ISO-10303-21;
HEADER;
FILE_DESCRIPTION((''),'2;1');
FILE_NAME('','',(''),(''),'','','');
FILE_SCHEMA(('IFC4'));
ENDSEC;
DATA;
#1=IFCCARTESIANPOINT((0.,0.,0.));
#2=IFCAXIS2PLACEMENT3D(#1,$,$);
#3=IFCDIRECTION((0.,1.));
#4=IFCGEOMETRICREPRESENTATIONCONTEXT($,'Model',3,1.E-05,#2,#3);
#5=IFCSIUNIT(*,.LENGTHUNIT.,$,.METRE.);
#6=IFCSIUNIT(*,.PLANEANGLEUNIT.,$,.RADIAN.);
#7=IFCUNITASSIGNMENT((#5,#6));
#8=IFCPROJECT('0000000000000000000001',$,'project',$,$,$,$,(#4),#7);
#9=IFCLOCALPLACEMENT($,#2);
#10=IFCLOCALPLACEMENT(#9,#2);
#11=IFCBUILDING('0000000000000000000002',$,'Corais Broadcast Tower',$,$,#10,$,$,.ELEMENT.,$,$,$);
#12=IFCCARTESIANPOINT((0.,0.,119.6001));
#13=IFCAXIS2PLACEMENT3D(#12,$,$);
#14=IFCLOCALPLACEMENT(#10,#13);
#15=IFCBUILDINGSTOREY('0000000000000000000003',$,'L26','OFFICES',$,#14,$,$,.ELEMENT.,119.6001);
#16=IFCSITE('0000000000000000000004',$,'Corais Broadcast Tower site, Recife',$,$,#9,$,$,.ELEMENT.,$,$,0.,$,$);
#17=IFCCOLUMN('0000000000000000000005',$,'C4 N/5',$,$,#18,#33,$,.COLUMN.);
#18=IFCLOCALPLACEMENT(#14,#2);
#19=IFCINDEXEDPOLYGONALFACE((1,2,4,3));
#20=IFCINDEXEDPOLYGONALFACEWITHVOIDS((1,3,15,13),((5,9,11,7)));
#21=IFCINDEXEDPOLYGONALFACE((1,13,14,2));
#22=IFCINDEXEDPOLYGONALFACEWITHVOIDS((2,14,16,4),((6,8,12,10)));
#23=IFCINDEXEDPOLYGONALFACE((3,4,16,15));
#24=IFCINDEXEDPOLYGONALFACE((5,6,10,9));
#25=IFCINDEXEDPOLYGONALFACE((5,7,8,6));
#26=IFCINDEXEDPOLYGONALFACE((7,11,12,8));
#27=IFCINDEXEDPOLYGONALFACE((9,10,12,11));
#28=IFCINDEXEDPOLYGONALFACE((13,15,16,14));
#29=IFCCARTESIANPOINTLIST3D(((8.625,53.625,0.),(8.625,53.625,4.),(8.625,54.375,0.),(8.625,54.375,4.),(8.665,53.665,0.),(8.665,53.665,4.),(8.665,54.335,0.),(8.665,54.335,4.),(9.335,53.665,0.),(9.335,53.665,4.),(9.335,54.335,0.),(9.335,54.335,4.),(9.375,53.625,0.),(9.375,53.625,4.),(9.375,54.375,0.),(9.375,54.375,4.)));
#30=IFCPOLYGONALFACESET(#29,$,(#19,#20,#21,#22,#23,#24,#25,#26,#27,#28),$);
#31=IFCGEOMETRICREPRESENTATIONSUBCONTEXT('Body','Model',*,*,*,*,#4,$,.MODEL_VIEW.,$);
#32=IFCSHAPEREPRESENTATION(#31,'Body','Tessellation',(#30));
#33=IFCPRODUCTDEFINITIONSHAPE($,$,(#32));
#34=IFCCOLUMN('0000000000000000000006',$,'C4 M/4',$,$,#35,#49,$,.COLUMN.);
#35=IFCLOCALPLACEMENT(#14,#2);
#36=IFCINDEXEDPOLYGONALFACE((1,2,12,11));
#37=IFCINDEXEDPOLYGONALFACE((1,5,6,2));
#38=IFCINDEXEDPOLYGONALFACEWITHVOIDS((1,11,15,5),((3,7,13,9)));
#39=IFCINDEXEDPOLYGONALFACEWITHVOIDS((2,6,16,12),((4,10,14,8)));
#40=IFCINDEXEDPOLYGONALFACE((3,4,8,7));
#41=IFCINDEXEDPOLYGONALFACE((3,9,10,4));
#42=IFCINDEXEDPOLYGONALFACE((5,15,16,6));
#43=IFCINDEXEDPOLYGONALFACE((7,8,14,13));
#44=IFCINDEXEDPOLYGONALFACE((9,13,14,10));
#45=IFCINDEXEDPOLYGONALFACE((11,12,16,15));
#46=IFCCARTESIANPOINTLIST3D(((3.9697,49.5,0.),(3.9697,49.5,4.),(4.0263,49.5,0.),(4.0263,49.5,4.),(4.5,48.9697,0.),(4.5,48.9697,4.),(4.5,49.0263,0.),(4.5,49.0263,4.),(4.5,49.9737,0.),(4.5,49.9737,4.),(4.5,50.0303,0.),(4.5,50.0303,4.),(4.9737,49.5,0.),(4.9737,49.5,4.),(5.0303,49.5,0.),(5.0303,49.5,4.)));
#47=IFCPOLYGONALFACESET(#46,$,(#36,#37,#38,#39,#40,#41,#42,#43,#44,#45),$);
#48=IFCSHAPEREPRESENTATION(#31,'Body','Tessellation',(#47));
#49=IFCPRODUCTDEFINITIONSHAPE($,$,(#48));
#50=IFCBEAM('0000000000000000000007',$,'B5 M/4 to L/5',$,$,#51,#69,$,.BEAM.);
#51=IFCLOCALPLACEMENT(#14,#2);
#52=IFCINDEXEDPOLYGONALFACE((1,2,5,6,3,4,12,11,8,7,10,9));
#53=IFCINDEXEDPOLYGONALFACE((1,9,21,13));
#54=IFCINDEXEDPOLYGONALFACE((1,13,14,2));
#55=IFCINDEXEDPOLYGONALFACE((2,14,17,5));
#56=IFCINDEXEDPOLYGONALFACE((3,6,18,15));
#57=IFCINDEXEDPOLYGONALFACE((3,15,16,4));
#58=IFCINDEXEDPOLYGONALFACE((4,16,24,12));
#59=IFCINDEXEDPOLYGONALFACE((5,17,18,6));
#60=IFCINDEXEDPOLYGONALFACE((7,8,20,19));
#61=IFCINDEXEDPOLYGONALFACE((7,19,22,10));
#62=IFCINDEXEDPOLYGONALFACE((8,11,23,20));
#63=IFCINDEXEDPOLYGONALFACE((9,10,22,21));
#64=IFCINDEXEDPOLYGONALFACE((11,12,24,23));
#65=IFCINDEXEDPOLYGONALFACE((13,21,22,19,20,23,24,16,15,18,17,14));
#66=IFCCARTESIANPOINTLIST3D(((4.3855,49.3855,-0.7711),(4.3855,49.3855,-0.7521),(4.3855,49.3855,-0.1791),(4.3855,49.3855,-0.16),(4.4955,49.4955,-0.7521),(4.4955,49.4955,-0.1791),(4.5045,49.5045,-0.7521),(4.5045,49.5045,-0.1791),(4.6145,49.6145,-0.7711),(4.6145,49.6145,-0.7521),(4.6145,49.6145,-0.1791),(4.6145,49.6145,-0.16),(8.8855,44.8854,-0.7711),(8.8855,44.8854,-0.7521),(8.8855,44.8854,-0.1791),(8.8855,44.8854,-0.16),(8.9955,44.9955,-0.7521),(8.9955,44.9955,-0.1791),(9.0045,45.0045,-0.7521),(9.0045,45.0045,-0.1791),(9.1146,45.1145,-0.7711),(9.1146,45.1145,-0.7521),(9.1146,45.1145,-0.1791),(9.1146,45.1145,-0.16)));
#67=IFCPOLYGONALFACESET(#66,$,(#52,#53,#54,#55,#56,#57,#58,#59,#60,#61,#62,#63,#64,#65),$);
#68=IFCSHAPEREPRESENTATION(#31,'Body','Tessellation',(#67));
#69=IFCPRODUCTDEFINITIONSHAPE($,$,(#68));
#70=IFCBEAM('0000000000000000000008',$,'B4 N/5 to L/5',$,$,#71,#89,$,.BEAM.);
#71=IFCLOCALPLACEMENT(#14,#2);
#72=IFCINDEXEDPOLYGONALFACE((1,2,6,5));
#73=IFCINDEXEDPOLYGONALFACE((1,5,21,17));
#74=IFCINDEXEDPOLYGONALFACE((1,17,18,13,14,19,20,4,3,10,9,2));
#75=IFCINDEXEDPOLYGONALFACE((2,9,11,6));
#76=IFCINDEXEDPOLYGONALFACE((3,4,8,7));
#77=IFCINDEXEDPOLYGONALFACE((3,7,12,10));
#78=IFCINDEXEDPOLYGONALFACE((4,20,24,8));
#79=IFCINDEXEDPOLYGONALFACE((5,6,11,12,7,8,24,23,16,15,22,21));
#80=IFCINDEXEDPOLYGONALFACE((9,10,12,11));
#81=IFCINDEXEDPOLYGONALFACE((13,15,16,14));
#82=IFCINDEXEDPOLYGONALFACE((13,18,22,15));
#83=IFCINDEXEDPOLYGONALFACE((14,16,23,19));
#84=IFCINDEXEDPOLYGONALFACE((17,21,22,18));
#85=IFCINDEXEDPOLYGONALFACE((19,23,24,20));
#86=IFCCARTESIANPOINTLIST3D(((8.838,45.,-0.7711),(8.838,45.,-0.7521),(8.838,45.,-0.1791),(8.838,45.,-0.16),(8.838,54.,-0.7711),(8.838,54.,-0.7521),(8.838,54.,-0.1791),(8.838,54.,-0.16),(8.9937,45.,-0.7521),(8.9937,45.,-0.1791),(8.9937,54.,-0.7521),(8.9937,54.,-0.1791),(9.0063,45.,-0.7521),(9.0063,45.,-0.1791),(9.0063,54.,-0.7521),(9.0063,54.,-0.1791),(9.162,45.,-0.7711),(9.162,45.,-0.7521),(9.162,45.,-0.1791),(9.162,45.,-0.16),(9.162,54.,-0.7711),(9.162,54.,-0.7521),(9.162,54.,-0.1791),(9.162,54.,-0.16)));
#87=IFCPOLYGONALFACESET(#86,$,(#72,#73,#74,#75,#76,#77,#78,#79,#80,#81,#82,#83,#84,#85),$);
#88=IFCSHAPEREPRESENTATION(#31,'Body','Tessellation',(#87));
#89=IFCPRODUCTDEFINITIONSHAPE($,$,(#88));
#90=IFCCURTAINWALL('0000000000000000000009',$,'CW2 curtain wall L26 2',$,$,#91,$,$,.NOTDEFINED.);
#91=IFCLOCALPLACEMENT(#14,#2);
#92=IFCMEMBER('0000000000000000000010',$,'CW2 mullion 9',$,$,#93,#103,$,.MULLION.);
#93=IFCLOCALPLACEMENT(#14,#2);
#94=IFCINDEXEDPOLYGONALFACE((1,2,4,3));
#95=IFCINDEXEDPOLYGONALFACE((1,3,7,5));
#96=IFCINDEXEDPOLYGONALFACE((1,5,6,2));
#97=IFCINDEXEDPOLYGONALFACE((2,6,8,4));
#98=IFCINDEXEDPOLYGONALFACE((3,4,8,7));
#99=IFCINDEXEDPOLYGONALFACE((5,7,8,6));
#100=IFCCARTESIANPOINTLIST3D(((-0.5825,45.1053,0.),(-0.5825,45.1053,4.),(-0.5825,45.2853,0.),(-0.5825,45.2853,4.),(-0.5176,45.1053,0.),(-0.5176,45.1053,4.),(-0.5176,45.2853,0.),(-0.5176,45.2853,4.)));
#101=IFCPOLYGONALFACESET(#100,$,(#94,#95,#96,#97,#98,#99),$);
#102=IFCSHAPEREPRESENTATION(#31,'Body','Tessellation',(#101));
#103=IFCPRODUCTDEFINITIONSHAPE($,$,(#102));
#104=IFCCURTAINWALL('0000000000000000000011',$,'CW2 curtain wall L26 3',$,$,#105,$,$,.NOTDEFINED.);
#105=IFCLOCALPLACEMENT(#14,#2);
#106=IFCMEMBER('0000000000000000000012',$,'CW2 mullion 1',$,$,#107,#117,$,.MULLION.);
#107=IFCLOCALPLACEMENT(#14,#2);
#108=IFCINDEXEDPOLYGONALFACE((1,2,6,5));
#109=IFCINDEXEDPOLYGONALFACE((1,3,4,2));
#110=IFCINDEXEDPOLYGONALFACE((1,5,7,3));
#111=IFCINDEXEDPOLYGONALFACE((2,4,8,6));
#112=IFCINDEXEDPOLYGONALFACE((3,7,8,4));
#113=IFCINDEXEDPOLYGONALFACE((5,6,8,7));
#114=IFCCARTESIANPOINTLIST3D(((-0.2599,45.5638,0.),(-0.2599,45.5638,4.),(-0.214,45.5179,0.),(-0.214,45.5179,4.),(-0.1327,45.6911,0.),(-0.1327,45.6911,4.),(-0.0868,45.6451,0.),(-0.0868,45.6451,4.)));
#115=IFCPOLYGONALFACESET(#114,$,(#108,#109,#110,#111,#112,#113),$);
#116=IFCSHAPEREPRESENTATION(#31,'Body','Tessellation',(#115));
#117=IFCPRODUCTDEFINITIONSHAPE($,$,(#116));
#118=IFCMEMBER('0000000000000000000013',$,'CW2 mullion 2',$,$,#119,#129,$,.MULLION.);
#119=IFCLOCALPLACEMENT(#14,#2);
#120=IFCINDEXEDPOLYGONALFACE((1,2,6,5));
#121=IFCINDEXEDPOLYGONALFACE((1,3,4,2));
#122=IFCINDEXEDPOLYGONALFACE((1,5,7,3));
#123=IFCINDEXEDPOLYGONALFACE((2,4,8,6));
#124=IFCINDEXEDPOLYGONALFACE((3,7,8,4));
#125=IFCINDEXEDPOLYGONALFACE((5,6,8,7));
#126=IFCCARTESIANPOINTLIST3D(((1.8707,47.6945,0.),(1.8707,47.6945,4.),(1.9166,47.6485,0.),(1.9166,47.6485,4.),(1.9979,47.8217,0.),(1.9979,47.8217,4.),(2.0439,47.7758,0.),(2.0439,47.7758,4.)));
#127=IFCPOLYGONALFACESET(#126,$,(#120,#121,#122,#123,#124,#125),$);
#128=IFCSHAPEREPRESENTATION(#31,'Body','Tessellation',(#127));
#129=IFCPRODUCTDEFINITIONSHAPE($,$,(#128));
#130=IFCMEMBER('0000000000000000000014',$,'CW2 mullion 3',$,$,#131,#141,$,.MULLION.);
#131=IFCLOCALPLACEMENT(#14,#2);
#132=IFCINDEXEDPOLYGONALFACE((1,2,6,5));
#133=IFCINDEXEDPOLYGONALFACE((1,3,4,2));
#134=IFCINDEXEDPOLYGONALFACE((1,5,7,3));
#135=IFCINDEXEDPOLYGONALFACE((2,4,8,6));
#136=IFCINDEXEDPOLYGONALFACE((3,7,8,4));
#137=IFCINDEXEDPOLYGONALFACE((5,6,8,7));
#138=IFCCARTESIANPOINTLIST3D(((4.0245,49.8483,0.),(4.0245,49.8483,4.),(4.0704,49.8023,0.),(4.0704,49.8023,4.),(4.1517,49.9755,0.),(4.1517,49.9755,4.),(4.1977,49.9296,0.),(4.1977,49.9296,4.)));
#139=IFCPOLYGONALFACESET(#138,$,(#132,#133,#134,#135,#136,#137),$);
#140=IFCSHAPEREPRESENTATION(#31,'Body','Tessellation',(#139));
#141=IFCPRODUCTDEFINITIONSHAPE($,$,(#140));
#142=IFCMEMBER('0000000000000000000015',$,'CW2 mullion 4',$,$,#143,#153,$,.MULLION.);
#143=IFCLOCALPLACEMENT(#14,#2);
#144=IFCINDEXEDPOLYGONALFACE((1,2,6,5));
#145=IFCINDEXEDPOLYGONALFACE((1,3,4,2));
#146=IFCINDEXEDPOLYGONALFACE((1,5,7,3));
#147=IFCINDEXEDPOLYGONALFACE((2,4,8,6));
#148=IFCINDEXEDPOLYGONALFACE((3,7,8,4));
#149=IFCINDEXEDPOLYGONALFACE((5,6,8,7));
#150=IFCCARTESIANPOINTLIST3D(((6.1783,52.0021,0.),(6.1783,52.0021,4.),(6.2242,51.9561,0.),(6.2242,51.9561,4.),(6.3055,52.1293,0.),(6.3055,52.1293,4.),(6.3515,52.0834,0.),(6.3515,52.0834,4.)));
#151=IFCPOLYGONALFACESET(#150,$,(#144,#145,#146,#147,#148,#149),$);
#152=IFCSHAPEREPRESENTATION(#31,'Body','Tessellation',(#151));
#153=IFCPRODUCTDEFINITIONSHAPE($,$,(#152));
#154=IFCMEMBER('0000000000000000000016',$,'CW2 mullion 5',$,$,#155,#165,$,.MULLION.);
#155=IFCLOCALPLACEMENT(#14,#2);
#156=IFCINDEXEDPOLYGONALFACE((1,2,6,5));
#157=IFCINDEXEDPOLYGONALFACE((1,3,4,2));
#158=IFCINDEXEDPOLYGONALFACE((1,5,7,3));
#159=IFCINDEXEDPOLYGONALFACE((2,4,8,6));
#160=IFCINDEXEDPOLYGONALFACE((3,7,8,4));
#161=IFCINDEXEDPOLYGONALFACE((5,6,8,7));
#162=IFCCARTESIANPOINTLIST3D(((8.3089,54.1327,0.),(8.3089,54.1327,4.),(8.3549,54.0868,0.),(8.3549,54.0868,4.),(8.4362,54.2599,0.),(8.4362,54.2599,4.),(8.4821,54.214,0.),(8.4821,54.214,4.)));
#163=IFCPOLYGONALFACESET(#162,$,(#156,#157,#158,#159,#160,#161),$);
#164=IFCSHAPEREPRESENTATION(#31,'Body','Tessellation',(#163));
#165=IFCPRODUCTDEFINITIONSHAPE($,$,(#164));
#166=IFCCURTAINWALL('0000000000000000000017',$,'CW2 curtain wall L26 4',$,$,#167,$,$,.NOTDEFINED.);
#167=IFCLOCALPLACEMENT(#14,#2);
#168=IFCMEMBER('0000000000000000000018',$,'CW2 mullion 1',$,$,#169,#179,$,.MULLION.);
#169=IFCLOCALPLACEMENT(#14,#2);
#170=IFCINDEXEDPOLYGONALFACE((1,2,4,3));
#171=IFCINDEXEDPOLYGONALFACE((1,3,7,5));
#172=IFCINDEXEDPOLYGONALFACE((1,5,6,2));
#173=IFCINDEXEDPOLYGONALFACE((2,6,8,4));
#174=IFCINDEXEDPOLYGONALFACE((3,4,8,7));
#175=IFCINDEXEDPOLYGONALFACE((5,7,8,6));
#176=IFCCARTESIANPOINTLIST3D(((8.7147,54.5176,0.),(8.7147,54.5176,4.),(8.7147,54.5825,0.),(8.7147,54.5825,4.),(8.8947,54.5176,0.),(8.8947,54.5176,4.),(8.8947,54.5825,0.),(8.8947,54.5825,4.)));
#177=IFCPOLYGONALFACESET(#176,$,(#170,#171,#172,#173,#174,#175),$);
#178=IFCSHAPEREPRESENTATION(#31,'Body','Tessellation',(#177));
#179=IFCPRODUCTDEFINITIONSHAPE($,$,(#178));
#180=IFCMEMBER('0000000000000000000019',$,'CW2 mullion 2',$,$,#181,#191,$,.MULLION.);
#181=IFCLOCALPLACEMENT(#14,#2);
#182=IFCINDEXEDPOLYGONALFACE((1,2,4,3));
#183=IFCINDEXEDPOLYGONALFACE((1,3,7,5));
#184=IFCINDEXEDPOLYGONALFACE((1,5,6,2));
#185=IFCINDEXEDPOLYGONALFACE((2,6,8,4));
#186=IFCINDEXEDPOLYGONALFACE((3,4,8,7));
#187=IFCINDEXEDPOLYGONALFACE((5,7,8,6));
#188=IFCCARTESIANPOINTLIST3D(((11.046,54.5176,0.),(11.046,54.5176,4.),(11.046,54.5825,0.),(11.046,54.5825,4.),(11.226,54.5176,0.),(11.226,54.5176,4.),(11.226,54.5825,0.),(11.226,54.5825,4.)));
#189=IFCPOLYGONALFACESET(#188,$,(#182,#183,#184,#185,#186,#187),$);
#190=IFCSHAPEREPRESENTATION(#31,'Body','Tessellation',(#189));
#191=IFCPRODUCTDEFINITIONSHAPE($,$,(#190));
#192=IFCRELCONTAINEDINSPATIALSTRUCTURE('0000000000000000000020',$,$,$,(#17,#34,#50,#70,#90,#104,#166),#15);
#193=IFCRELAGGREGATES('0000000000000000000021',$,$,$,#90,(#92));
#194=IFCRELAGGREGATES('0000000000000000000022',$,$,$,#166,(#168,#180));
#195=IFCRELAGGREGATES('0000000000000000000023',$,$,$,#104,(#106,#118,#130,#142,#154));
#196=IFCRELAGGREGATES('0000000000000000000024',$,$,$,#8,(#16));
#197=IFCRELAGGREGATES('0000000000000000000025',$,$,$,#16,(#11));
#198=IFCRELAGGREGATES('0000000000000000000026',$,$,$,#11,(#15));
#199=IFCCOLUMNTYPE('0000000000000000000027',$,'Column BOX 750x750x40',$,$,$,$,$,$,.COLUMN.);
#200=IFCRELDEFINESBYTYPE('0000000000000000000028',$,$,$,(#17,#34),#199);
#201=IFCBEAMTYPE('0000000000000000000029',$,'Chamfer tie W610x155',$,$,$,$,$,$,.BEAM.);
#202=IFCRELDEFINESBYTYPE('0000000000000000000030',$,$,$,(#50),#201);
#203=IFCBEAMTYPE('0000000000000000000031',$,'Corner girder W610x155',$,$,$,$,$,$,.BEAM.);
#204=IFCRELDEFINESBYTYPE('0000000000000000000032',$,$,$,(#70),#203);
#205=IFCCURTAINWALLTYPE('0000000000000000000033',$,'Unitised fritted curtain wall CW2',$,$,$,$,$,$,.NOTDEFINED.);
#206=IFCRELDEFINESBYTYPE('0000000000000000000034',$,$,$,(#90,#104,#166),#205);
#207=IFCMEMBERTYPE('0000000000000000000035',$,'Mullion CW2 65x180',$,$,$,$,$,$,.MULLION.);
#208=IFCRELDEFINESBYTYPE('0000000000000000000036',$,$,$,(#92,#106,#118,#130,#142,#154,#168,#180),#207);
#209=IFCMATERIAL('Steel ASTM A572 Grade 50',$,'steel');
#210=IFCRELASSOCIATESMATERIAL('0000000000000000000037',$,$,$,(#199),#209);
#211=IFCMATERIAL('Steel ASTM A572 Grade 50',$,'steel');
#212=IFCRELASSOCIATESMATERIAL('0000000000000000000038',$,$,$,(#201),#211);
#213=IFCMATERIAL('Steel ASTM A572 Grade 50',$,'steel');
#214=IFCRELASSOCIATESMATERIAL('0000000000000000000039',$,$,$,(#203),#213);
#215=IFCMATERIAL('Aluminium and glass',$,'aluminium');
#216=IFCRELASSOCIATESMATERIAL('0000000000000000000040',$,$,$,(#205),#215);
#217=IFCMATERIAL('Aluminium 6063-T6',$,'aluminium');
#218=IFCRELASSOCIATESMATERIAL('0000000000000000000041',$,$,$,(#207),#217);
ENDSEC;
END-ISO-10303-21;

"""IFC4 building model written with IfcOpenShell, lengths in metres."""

from ifc_helpers import new_model, si_unit, direction, frame, origin, origin_2d, place, context, subcontext, project, spatial, rectangle, hollow_rectangle, i_section, extrude, material, material_profile, profile_set, type_object, element, aggregate, save


model = new_model("IFC4")

# Units and contexts
model_context = context("Model", 3, precision=1e-05, world=origin(), true_north=direction((0.0, 1.0)))
body_context = subcontext(model_context, "Body", "Model", "MODEL_VIEW")
ifc_project = project(units=[si_unit("LENGTHUNIT", "METRE"), si_unit("PLANEANGLEUNIT", "RADIAN")], contexts=[model_context])

# Site, building, storey
site_placement = place(None, origin())
site = spatial("IfcSite", under=ifc_project, at=site_placement, Name="Corais Broadcast Tower site, Recife", CompositionType="ELEMENT", RefElevation=0.0)
building_placement = place(site_placement, origin())
building = spatial("IfcBuilding", under=site, at=building_placement, Name="Corais Broadcast Tower", CompositionType="ELEMENT")
storey_placement = place(building_placement, frame((0.0, 0.0, 119.6001)))
storey = spatial("IfcBuildingStorey", under=building, at=storey_placement, Name="L26", Description="OFFICES", CompositionType="ELEMENT", Elevation=119.6001)

# Columns
ifc_material_1 = material(Name="Steel ASTM A572 Grade 50", Category="steel")
ifc_material_profile_1 = material_profile(ifc_material_1, hollow_rectangle(XDim=0.75, YDim=0.75, WallThickness=0.04, at=origin_2d()), Name="BOX 750x750x40")
ifc_profile_set_1 = profile_set([ifc_material_profile_1], Name="Steel ASTM A572 Grade 50")
column_type = type_object("IfcColumnType", Name="Column BOX 750x750x40", PredefinedType="COLUMN", material=ifc_profile_set_1)
for number, where, z_axis, x_axis, name in (
    (1, (9.0, 54.0, 0.0), (0.0, 0.0, 1.0), (1.0, 0.0, 0.0), "C4 N/5"),
    (2, (4.5, 49.5, 0.0), (0.0, 0.0, 1.0), (0.707107, 0.707107, 0.0), "C4 M/4"),
):
    element("IfcColumn", number, at=place(storey_placement, frame(where, z_axis=z_axis, x_axis=x_axis)), inside=storey, type_object=column_type, Name=name, PredefinedType="COLUMN", context=body_context, shape_type="SweptSolid", body=[
        extrude(hollow_rectangle(XDim=0.75, YDim=0.75, WallThickness=0.04, at=origin_2d()), origin(), (0.0, 0.0, 1.0), 4.0),
    ])

# Beams
ifc_material_2 = material(Name="Steel ASTM A572 Grade 50", Category="steel")
ifc_material_profile_2 = material_profile(ifc_material_2, i_section(OverallWidth=0.324, OverallDepth=0.6111, WebThickness=0.0127, FlangeThickness=0.019, at=origin_2d()), Name="W610x155")
ifc_profile_set_2 = profile_set([ifc_material_profile_2], Name="Steel ASTM A572 Grade 50")
beam_type_1 = type_object("IfcBeamType", Name="Chamfer tie W610x155", PredefinedType="BEAM", material=ifc_profile_set_2)
beam_1_placement = place(storey_placement, frame((4.5, 49.5, -0.4656), z_axis=(0.707107, -0.707107, 0.0), x_axis=(0.707107, 0.707107, 0.0)))
element("IfcBeam", 3, at=beam_1_placement, inside=storey, type_object=beam_type_1, Name="B5 M/4 to L/5", PredefinedType="BEAM", context=body_context, shape_type="SweptSolid", body=[
    extrude(i_section(OverallWidth=0.324, OverallDepth=0.6111, WebThickness=0.0127, FlangeThickness=0.019, at=origin_2d()), origin(), (0.0, 0.0, 1.0), 6.364),
])
ifc_material_3 = material(Name="Steel ASTM A572 Grade 50", Category="steel")
ifc_material_profile_3 = material_profile(ifc_material_3, i_section(OverallWidth=0.324, OverallDepth=0.6111, WebThickness=0.0127, FlangeThickness=0.019, at=origin_2d()), Name="W610x155")
ifc_profile_set_3 = profile_set([ifc_material_profile_3], Name="Steel ASTM A572 Grade 50")
beam_type_2 = type_object("IfcBeamType", Name="Corner girder W610x155", PredefinedType="BEAM", material=ifc_profile_set_3)
beam_2_placement = place(storey_placement, frame((9.0, 54.0, -0.4656), z_axis=(0.0, -1.0, 0.0), x_axis=(1.0, 0.0, 0.0)))
element("IfcBeam", 4, at=beam_2_placement, inside=storey, type_object=beam_type_2, Name="B4 N/5 to L/5", PredefinedType="BEAM", context=body_context, shape_type="SweptSolid", body=[
    extrude(i_section(OverallWidth=0.324, OverallDepth=0.6111, WebThickness=0.0127, FlangeThickness=0.019, at=origin_2d()), origin(), (0.0, 0.0, 1.0), 9.0),
])

# Curtain wall, member
ifc_material_4 = material(Name="Aluminium and glass", Category="aluminium")
curtain_wall_type = type_object("IfcCurtainWallType", Name="Unitised fritted curtain wall CW2", PredefinedType="NOTDEFINED", material=ifc_material_4)
curtain_wall_1_placement = place(storey_placement, origin())
curtain_wall_1 = element("IfcCurtainWall", 5, at=curtain_wall_1_placement, inside=storey, type_object=curtain_wall_type, Name="CW2 curtain wall L26 2", PredefinedType="NOTDEFINED")
ifc_material_5 = material(Name="Aluminium 6063-T6", Category="aluminium")
ifc_material_profile_4 = material_profile(ifc_material_5, rectangle(XDim=0.0649, YDim=0.1799, at=origin_2d()), Name="Mullion CW2 65x180")
ifc_profile_set_4 = profile_set([ifc_material_profile_4], Name="Aluminium 6063-T6")
member_type_1 = type_object("IfcMemberType", Name="Mullion CW2 65x180", PredefinedType="MULLION", material=ifc_profile_set_4)
member_1_placement = place(storey_placement, frame((-0.55, 45.1953, 0.0), z_axis=(0.0, 0.0, 1.0), x_axis=(-1.0, 0.0, 0.0)))
member_1 = element("IfcMember", 6, at=member_1_placement, type_object=member_type_1, Name="CW2 mullion 9", PredefinedType="MULLION", context=body_context, shape_type="SweptSolid", body=[
    extrude(rectangle(XDim=0.0649, YDim=0.1799, at=origin_2d()), origin(), (0.0, 0.0, 1.0), 4.0),
])
aggregate(curtain_wall_1, [member_1])

# Curtain walls, members
curtain_wall_2_placement = place(storey_placement, origin())
curtain_wall_2 = element("IfcCurtainWall", 7, at=curtain_wall_2_placement, inside=storey, type_object=curtain_wall_type, Name="CW2 curtain wall L26 3", PredefinedType="NOTDEFINED")
member_2_placement = place(storey_placement, frame((-0.1733, 45.6045, 0.0), z_axis=(0.0, 0.0, 1.0), x_axis=(-0.707107, 0.707107, 0.0)))
member_2 = element("IfcMember", 8, at=member_2_placement, type_object=member_type_1, Name="CW2 mullion 1", PredefinedType="MULLION", context=body_context, shape_type="SweptSolid", body=[
    extrude(rectangle(XDim=0.0649, YDim=0.1799, at=origin_2d()), origin(), (0.0, 0.0, 1.0), 4.0),
])
member_3_placement = place(storey_placement, frame((1.9573, 47.7351, 0.0), z_axis=(0.0, 0.0, 1.0), x_axis=(-0.707107, 0.707107, 0.0)))
member_3 = element("IfcMember", 9, at=member_3_placement, type_object=member_type_1, Name="CW2 mullion 2", PredefinedType="MULLION", context=body_context, shape_type="SweptSolid", body=[
    extrude(rectangle(XDim=0.0649, YDim=0.1799, at=origin_2d()), origin(), (0.0, 0.0, 1.0), 4.0),
])
member_4_placement = place(storey_placement, frame((4.1111, 49.8889, 0.0), z_axis=(0.0, 0.0, 1.0), x_axis=(-0.707107, 0.707107, 0.0)))
member_4 = element("IfcMember", 10, at=member_4_placement, type_object=member_type_1, Name="CW2 mullion 3", PredefinedType="MULLION", context=body_context, shape_type="SweptSolid", body=[
    extrude(rectangle(XDim=0.0649, YDim=0.1799, at=origin_2d()), origin(), (0.0, 0.0, 1.0), 4.0),
])
member_5_placement = place(storey_placement, frame((6.2649, 52.0427, 0.0), z_axis=(0.0, 0.0, 1.0), x_axis=(-0.707107, 0.707107, 0.0)))
member_5 = element("IfcMember", 11, at=member_5_placement, type_object=member_type_1, Name="CW2 mullion 4", PredefinedType="MULLION", context=body_context, shape_type="SweptSolid", body=[
    extrude(rectangle(XDim=0.0649, YDim=0.1799, at=origin_2d()), origin(), (0.0, 0.0, 1.0), 4.0),
])
member_6_placement = place(storey_placement, frame((8.3955, 54.1733, 0.0), z_axis=(0.0, 0.0, 1.0), x_axis=(-0.707107, 0.707107, 0.0)))
member_6 = element("IfcMember", 12, at=member_6_placement, type_object=member_type_1, Name="CW2 mullion 5", PredefinedType="MULLION", context=body_context, shape_type="SweptSolid", body=[
    extrude(rectangle(XDim=0.0649, YDim=0.1799, at=origin_2d()), origin(), (0.0, 0.0, 1.0), 4.0),
])
curtain_wall_3_placement = place(storey_placement, origin())
curtain_wall_3 = element("IfcCurtainWall", 13, at=curtain_wall_3_placement, inside=storey, type_object=curtain_wall_type, Name="CW2 curtain wall L26 4", PredefinedType="NOTDEFINED")
member_7_placement = place(storey_placement, frame((8.8047, 54.55, 0.0), z_axis=(0.0, 0.0, 1.0), x_axis=(0.0, 1.0, 0.0)))
member_7 = element("IfcMember", 14, at=member_7_placement, type_object=member_type_1, Name="CW2 mullion 1", PredefinedType="MULLION", context=body_context, shape_type="SweptSolid", body=[
    extrude(rectangle(XDim=0.0649, YDim=0.1799, at=origin_2d()), origin(), (0.0, 0.0, 1.0), 4.0),
])
member_8_placement = place(storey_placement, frame((11.136, 54.55, 0.0), z_axis=(0.0, 0.0, 1.0), x_axis=(0.0, 1.0, 0.0)))
member_8 = element("IfcMember", 15, at=member_8_placement, type_object=member_type_1, Name="CW2 mullion 2", PredefinedType="MULLION", context=body_context, shape_type="SweptSolid", body=[
    extrude(rectangle(XDim=0.0649, YDim=0.1799, at=origin_2d()), origin(), (0.0, 0.0, 1.0), 4.0),
])

aggregate(curtain_wall_3, [member_7, member_8])
aggregate(curtain_wall_2, [member_2, member_3, member_4, member_5, member_6])

save(model, "model.ifc")
